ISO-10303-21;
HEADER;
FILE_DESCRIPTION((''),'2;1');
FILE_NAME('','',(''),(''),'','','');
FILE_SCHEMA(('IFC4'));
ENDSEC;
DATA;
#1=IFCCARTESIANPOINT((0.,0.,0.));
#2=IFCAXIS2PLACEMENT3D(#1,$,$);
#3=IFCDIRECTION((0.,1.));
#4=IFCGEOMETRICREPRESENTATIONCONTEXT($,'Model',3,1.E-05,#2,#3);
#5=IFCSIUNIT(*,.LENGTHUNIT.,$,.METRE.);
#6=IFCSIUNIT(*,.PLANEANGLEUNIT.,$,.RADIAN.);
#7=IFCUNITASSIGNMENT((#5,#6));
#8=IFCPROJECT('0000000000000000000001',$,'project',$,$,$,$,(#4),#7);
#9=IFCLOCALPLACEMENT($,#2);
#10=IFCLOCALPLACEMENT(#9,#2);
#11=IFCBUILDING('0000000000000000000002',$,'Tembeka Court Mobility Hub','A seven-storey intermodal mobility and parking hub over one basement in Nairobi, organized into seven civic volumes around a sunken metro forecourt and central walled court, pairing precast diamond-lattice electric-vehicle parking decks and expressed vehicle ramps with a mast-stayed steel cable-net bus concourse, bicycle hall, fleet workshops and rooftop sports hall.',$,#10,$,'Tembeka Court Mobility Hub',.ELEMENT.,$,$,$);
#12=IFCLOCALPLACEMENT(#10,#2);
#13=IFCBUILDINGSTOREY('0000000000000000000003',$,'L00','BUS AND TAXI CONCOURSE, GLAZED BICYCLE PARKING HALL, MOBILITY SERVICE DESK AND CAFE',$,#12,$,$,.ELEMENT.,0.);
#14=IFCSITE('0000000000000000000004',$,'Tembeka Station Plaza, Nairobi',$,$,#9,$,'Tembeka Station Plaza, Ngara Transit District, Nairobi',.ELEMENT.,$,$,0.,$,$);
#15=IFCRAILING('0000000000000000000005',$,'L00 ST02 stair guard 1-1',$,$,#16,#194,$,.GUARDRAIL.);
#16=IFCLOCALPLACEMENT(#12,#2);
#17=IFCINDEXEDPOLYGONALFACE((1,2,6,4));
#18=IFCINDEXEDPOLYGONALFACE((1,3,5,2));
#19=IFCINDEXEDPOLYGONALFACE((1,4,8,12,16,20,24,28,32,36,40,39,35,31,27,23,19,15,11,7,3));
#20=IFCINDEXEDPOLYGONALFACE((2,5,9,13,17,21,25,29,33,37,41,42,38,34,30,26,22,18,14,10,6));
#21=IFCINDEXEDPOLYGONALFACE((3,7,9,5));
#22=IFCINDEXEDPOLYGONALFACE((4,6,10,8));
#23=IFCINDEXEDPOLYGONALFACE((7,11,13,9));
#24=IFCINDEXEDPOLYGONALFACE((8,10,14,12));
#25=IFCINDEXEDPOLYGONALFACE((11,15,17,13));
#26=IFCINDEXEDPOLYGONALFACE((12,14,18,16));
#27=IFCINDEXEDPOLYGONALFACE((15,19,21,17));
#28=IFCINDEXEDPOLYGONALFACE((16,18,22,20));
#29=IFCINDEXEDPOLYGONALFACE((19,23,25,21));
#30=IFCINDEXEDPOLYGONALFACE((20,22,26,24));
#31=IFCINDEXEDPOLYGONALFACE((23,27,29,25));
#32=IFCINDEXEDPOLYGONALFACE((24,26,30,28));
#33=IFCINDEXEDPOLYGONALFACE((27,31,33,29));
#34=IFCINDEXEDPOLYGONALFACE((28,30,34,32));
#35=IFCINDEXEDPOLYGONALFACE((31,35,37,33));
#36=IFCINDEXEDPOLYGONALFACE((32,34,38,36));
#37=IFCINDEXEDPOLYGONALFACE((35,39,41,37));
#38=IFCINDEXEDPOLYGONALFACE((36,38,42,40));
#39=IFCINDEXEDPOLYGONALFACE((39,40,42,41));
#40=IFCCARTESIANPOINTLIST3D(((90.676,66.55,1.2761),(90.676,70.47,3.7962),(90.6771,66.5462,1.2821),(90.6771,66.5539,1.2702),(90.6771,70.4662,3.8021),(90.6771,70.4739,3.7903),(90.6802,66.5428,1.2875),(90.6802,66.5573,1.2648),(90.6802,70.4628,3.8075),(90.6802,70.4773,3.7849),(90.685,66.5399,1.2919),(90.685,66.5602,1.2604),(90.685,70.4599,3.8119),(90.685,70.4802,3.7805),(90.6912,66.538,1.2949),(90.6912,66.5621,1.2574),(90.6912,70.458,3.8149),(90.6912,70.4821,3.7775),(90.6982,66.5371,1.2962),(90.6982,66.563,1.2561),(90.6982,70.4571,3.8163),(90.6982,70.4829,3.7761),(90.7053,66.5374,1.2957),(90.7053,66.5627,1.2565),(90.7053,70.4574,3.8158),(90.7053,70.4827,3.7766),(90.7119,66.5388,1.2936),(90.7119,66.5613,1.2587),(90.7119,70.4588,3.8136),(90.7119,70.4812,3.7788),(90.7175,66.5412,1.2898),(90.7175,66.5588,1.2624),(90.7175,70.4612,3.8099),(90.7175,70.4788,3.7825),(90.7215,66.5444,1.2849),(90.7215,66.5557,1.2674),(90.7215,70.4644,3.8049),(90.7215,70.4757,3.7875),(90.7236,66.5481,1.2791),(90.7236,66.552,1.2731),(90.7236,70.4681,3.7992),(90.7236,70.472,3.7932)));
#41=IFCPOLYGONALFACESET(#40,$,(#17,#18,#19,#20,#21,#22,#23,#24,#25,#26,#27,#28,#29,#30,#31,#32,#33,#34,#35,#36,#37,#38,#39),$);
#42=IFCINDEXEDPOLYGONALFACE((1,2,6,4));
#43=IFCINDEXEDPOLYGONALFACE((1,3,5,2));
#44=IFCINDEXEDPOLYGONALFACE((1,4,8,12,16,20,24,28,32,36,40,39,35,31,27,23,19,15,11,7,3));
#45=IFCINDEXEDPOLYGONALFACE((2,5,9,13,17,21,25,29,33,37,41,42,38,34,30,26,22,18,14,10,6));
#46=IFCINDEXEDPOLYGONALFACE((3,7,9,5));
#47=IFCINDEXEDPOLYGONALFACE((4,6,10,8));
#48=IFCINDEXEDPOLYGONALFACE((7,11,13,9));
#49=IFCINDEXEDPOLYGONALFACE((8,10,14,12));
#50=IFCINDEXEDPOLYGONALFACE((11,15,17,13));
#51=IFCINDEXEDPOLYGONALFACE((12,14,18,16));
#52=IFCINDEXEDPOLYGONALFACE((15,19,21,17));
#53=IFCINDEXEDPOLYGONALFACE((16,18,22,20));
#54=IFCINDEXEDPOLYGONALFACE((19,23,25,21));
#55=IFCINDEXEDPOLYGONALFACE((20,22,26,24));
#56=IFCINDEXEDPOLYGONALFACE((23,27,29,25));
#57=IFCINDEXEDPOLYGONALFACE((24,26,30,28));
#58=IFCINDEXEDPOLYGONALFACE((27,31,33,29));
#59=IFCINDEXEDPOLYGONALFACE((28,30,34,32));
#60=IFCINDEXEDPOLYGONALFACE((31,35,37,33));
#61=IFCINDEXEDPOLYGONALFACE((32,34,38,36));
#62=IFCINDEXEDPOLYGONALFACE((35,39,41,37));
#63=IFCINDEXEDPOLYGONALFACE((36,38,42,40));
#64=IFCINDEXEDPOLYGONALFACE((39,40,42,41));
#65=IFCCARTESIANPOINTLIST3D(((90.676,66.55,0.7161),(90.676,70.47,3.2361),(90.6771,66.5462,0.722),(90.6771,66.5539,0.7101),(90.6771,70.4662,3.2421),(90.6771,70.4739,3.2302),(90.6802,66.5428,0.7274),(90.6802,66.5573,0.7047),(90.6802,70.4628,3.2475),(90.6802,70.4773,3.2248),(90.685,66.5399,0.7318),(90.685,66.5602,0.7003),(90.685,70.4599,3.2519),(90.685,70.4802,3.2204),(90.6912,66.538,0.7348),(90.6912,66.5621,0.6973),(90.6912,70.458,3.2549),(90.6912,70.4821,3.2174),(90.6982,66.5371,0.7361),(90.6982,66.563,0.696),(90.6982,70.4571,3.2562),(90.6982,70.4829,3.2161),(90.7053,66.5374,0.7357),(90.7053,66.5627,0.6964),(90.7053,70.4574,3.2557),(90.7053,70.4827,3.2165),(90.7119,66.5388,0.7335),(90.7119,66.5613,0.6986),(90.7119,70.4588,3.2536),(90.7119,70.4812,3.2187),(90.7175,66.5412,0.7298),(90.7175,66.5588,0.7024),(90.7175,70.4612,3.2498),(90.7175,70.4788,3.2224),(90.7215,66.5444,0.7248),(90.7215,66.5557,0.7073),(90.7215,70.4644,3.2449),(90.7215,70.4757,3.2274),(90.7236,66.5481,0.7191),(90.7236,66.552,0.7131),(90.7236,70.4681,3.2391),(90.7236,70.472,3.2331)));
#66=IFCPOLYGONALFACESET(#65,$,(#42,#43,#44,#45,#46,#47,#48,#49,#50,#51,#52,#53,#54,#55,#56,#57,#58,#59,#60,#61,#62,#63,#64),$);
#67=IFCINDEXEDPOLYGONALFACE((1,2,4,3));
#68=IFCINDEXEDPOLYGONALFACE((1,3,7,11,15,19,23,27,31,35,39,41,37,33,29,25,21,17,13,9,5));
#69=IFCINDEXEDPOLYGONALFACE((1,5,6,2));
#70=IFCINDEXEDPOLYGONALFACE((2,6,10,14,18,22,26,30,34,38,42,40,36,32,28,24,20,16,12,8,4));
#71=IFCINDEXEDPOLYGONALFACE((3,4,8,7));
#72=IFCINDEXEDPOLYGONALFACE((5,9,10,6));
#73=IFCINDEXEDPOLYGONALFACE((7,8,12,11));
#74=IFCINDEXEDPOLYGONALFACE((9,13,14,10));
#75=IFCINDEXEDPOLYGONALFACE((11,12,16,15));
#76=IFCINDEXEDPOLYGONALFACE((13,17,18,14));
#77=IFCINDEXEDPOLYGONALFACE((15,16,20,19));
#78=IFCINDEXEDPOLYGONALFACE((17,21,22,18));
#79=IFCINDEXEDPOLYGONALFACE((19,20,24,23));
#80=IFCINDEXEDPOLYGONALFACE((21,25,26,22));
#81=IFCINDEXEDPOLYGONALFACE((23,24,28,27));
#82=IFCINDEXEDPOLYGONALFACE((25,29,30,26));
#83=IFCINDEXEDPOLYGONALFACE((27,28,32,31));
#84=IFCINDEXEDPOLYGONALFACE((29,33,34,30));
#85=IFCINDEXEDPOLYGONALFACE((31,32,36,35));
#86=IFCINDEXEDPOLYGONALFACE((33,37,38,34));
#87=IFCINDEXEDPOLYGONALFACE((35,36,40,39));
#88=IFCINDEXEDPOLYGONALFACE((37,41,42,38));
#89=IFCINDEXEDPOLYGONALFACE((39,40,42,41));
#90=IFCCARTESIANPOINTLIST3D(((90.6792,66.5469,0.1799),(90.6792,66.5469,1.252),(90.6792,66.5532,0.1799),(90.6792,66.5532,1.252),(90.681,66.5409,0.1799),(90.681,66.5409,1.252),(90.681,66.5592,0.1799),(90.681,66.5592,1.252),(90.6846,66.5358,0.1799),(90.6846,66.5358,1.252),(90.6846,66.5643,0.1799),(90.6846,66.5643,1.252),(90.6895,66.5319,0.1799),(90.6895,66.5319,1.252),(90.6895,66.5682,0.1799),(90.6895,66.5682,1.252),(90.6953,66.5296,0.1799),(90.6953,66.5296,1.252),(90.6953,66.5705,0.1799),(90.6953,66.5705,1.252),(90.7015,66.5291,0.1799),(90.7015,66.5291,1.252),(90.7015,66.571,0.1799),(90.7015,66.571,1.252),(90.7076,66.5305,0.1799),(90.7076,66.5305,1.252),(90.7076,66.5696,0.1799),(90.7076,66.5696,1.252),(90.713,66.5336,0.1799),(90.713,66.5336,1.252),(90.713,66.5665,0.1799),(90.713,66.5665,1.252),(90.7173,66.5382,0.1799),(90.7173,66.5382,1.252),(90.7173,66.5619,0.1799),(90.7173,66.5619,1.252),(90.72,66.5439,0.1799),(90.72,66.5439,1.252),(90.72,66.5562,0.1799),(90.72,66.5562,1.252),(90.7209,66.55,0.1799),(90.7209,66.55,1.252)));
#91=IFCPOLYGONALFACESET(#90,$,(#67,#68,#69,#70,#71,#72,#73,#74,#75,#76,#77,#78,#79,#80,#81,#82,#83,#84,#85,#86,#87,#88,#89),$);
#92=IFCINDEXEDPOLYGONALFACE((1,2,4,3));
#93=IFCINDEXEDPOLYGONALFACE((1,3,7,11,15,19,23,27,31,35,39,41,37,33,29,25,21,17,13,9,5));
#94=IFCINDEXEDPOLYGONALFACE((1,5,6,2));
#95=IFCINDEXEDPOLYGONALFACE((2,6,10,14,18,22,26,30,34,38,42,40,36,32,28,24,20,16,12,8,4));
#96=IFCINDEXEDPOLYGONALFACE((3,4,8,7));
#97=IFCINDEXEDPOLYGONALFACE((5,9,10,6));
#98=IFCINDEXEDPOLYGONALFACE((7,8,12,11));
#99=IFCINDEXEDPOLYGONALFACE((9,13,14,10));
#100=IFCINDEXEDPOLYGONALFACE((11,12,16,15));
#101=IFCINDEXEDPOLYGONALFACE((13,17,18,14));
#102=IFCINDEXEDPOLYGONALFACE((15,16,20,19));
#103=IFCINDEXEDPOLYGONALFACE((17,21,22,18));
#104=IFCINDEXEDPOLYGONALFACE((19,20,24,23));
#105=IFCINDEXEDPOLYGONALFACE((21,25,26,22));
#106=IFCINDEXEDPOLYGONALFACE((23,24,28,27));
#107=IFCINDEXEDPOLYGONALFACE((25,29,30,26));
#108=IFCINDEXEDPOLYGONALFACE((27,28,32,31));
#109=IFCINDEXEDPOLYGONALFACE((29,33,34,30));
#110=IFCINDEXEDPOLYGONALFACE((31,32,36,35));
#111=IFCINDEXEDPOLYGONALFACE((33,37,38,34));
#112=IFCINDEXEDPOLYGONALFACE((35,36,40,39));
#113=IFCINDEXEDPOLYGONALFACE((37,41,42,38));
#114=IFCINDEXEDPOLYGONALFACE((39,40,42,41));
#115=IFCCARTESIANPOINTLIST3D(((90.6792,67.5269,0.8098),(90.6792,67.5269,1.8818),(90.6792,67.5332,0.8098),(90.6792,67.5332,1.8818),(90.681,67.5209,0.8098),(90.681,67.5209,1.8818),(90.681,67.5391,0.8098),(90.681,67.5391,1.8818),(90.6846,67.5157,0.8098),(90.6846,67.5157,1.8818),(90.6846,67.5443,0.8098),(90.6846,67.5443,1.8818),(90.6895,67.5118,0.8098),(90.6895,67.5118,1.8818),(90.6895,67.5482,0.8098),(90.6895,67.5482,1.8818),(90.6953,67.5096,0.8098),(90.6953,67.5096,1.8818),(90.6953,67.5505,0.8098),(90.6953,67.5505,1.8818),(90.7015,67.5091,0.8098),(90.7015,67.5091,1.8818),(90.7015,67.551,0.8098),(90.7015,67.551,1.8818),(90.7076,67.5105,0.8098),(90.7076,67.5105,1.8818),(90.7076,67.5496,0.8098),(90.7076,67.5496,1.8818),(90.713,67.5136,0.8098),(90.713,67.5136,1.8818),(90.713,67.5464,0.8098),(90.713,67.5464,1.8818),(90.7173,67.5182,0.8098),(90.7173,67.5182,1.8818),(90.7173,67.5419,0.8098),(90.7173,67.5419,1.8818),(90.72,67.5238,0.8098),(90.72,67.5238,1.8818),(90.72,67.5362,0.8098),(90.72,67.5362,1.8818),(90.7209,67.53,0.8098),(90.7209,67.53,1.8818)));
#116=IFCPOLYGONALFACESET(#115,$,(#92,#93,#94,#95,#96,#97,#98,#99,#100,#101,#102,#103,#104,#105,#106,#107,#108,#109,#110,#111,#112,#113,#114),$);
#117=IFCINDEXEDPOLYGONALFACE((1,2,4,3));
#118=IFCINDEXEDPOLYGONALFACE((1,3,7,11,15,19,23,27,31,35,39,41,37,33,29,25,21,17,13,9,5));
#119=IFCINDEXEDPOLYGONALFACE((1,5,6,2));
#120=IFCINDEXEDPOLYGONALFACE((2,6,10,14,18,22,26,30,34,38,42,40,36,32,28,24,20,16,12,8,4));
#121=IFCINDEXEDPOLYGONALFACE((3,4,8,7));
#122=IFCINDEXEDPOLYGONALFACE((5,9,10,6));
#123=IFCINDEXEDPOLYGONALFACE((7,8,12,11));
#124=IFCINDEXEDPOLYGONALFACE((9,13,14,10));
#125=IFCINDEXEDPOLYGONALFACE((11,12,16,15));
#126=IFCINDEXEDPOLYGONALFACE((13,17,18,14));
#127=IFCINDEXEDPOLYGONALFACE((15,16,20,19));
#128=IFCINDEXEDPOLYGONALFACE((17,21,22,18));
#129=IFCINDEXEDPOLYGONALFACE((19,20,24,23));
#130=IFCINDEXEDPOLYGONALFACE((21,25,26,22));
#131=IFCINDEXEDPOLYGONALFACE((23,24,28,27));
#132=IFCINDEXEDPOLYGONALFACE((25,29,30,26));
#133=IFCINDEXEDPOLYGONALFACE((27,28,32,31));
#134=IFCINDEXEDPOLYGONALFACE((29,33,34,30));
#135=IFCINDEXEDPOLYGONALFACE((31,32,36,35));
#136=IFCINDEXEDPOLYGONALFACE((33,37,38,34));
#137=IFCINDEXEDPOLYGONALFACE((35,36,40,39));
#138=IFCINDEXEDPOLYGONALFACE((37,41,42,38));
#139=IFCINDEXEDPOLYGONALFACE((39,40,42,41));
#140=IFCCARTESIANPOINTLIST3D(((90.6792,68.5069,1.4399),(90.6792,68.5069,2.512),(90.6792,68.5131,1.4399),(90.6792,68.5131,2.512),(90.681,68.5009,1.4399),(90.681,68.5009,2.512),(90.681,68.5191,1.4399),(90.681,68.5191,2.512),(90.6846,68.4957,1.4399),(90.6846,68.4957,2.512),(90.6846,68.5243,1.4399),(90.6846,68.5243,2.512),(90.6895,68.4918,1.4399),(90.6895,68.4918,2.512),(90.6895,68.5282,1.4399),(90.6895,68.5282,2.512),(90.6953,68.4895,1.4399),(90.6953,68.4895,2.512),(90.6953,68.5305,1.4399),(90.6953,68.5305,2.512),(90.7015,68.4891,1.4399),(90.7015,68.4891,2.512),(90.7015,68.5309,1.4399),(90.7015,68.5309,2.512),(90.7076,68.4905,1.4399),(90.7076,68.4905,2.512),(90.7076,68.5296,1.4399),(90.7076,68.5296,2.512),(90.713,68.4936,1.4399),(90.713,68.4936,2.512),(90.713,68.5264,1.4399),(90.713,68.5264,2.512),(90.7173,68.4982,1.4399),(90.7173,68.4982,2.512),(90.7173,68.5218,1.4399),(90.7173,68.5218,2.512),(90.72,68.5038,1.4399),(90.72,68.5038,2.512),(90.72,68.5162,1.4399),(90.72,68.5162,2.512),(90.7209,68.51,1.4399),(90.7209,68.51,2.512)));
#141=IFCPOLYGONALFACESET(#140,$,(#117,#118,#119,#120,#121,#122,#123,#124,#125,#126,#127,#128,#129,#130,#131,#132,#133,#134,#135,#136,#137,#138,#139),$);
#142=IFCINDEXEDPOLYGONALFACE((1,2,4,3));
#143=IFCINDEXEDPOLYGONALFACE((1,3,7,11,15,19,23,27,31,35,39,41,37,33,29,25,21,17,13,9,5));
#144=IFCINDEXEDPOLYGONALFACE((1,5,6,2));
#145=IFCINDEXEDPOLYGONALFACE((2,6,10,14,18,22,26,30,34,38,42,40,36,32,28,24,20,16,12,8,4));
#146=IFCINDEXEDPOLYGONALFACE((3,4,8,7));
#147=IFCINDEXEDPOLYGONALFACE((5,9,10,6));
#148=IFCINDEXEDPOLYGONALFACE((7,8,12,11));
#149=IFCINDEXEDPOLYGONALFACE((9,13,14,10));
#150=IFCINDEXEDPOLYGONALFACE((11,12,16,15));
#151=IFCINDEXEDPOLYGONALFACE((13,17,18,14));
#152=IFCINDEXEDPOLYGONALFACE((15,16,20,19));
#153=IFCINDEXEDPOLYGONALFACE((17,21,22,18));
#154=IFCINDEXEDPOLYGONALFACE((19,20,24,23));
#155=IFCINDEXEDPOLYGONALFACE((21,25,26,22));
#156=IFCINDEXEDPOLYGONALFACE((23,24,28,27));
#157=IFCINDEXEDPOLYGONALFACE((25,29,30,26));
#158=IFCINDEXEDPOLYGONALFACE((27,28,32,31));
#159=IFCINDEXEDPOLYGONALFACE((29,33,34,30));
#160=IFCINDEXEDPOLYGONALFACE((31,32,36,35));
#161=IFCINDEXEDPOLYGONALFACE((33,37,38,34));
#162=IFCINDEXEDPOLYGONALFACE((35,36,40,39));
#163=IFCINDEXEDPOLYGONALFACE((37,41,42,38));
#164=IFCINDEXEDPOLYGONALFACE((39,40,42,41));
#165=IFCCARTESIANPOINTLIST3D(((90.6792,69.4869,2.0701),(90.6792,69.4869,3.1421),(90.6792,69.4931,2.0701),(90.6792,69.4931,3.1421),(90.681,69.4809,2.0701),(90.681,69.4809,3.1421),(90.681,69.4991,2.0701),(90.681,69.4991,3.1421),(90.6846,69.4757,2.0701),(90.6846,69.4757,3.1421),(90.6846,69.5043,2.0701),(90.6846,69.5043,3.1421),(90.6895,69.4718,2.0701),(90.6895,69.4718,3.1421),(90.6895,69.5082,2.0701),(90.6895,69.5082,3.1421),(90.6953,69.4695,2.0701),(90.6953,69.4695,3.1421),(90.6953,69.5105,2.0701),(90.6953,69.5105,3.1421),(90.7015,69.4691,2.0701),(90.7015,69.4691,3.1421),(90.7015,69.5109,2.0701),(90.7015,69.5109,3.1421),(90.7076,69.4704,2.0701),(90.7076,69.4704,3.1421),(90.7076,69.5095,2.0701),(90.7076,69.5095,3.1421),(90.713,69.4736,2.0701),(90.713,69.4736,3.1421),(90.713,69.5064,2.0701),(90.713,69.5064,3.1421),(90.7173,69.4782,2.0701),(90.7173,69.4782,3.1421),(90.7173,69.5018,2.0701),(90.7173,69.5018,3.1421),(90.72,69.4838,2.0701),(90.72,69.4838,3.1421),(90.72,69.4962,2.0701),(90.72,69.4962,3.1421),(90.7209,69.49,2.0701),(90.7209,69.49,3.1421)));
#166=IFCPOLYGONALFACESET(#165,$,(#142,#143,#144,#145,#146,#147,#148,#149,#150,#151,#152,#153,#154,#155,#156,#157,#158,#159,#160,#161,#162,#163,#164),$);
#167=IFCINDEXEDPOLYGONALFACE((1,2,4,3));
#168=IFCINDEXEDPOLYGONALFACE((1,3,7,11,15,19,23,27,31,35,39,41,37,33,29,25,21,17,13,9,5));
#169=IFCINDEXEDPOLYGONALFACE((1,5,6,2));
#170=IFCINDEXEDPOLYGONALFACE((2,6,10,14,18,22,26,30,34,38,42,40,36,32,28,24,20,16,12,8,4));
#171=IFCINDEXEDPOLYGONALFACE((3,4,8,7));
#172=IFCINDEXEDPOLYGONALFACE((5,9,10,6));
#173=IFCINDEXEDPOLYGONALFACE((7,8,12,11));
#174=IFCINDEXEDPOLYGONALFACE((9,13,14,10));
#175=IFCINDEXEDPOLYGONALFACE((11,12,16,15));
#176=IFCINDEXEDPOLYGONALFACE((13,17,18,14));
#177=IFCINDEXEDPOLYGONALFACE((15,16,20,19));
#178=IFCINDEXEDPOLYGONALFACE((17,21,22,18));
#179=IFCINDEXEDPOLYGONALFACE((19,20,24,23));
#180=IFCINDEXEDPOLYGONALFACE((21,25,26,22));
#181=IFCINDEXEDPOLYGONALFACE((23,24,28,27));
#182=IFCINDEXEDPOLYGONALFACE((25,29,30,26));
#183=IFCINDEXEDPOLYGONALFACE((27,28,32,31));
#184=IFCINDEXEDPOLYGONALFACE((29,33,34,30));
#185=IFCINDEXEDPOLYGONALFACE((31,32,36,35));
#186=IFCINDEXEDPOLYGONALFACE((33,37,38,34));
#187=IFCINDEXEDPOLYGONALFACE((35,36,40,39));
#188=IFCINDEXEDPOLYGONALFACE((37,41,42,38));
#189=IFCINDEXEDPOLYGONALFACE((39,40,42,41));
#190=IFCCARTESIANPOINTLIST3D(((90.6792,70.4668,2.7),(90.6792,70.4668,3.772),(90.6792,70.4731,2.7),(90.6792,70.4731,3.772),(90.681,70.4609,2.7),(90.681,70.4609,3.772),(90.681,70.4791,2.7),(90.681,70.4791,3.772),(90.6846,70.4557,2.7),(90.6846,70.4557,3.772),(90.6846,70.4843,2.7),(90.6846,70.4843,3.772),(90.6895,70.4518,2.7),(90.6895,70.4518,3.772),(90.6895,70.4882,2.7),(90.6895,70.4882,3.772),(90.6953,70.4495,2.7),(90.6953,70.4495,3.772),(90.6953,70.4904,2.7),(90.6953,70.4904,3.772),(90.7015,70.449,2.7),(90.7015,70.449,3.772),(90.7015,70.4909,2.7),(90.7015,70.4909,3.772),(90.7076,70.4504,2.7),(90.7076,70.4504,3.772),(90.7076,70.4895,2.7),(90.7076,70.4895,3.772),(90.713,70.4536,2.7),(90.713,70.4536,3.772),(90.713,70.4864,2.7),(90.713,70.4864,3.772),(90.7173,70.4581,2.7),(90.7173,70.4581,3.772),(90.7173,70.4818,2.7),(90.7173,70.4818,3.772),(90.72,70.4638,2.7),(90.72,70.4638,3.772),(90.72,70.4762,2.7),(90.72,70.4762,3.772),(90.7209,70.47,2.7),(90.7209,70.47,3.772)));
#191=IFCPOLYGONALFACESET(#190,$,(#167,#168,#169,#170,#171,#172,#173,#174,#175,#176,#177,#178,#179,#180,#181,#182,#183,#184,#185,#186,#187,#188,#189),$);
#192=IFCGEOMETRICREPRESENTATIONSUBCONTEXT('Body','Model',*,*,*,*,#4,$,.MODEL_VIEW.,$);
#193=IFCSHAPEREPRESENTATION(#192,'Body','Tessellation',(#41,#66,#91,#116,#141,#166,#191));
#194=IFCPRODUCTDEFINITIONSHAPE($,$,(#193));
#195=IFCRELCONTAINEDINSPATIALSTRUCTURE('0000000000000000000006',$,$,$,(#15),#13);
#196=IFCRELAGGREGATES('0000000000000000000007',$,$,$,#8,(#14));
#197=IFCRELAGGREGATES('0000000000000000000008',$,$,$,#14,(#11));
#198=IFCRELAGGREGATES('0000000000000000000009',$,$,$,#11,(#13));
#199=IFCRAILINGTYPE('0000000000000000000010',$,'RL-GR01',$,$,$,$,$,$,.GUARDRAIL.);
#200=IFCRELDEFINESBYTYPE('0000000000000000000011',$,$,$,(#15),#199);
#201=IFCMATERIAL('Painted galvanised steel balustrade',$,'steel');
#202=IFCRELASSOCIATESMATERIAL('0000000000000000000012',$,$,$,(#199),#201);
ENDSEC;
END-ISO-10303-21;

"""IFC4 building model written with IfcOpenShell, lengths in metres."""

from ifc_helpers import new_model, si_unit, direction, frame, origin, origin_2d, place, context, subcontext, project, spatial, circle, extrude, material, type_object, element, save


model = new_model("IFC4")

# Units and contexts
model_context = context("Model", 3, precision=1e-05, world=origin(), true_north=direction((0.0, 1.0)))
body_context = subcontext(model_context, "Body", "Model", "MODEL_VIEW")
ifc_project = project(units=[si_unit("LENGTHUNIT", "METRE"), si_unit("PLANEANGLEUNIT", "RADIAN")], contexts=[model_context])

# Site, building, storey
site_placement = place(None, origin())
site = spatial("IfcSite", under=ifc_project, at=site_placement, Name="Tembeka Station Plaza, Nairobi", LongName="Tembeka Station Plaza, Ngara Transit District, Nairobi", CompositionType="ELEMENT", RefElevation=0.0)
building_placement = place(site_placement, origin())
building = spatial("IfcBuilding", under=site, at=building_placement, Name="Tembeka Court Mobility Hub", Description="A seven-storey intermodal mobility and parking hub over one basement in Nairobi, organized into seven civic volumes around a sunken metro forecourt and central walled court, pairing precast diamond-lattice electric-vehicle parking decks and expressed vehicle ramps with a mast-stayed steel cable-net bus concourse, bicycle hall, fleet workshops and rooftop sports hall.", LongName="Tembeka Court Mobility Hub", CompositionType="ELEMENT")
storey_placement = place(building_placement, origin())
storey = spatial("IfcBuildingStorey", under=building, at=storey_placement, Name="L00", Description="BUS AND TAXI CONCOURSE, GLAZED BICYCLE PARKING HALL, MOBILITY SERVICE DESK AND CAFE", CompositionType="ELEMENT", Elevation=0.0)

# Railing
ifc_material_1 = material(Name="Painted galvanised steel balustrade", Category="steel")
railing_type_1 = type_object("IfcRailingType", Name="RL-GR01", PredefinedType="GUARDRAIL", material=ifc_material_1)
railing_1_placement = place(storey_placement, frame((90.7, 66.55, 0.1799)))
element("IfcRailing", 1, at=railing_1_placement, inside=storey, type_object=railing_type_1, Name="L00 ST02 stair guard 1-1", PredefinedType="GUARDRAIL", context=body_context, shape_type="SweptSolid", body=[
    extrude(circle(Radius=0.0239, at=origin_2d()), frame((0.0, 0.0, 1.0962), z_axis=(0.0, 0.841172, 0.540768), x_axis=(-1.0, 0.0, 0.0)), (0.0, 0.0, 1.0), 4.6602),
    extrude(circle(Radius=0.0239, at=origin_2d()), frame((0.0, 0.0, 0.5361), z_axis=(0.0, 0.841172, 0.540768), x_axis=(-1.0, 0.0, 0.0)), (0.0, 0.0, 1.0), 4.6602),
    extrude(circle(Radius=0.021, at=origin_2d()), origin(), (0.0, 0.0, 1.0), 1.072),
    extrude(circle(Radius=0.021, at=origin_2d()), frame((0.0, 0.98, 0.6299)), (0.0, 0.0, 1.0), 1.072),
    extrude(circle(Radius=0.021, at=origin_2d()), frame((0.0, 1.96, 1.26)), (0.0, 0.0, 1.0), 1.072),
    extrude(circle(Radius=0.021, at=origin_2d()), frame((0.0, 2.9399, 1.8901)), (0.0, 0.0, 1.0), 1.072),
    extrude(circle(Radius=0.021, at=origin_2d()), frame((0.0, 3.9199, 2.52)), (0.0, 0.0, 1.0), 1.072),
])

save(model, "model.ifc")
